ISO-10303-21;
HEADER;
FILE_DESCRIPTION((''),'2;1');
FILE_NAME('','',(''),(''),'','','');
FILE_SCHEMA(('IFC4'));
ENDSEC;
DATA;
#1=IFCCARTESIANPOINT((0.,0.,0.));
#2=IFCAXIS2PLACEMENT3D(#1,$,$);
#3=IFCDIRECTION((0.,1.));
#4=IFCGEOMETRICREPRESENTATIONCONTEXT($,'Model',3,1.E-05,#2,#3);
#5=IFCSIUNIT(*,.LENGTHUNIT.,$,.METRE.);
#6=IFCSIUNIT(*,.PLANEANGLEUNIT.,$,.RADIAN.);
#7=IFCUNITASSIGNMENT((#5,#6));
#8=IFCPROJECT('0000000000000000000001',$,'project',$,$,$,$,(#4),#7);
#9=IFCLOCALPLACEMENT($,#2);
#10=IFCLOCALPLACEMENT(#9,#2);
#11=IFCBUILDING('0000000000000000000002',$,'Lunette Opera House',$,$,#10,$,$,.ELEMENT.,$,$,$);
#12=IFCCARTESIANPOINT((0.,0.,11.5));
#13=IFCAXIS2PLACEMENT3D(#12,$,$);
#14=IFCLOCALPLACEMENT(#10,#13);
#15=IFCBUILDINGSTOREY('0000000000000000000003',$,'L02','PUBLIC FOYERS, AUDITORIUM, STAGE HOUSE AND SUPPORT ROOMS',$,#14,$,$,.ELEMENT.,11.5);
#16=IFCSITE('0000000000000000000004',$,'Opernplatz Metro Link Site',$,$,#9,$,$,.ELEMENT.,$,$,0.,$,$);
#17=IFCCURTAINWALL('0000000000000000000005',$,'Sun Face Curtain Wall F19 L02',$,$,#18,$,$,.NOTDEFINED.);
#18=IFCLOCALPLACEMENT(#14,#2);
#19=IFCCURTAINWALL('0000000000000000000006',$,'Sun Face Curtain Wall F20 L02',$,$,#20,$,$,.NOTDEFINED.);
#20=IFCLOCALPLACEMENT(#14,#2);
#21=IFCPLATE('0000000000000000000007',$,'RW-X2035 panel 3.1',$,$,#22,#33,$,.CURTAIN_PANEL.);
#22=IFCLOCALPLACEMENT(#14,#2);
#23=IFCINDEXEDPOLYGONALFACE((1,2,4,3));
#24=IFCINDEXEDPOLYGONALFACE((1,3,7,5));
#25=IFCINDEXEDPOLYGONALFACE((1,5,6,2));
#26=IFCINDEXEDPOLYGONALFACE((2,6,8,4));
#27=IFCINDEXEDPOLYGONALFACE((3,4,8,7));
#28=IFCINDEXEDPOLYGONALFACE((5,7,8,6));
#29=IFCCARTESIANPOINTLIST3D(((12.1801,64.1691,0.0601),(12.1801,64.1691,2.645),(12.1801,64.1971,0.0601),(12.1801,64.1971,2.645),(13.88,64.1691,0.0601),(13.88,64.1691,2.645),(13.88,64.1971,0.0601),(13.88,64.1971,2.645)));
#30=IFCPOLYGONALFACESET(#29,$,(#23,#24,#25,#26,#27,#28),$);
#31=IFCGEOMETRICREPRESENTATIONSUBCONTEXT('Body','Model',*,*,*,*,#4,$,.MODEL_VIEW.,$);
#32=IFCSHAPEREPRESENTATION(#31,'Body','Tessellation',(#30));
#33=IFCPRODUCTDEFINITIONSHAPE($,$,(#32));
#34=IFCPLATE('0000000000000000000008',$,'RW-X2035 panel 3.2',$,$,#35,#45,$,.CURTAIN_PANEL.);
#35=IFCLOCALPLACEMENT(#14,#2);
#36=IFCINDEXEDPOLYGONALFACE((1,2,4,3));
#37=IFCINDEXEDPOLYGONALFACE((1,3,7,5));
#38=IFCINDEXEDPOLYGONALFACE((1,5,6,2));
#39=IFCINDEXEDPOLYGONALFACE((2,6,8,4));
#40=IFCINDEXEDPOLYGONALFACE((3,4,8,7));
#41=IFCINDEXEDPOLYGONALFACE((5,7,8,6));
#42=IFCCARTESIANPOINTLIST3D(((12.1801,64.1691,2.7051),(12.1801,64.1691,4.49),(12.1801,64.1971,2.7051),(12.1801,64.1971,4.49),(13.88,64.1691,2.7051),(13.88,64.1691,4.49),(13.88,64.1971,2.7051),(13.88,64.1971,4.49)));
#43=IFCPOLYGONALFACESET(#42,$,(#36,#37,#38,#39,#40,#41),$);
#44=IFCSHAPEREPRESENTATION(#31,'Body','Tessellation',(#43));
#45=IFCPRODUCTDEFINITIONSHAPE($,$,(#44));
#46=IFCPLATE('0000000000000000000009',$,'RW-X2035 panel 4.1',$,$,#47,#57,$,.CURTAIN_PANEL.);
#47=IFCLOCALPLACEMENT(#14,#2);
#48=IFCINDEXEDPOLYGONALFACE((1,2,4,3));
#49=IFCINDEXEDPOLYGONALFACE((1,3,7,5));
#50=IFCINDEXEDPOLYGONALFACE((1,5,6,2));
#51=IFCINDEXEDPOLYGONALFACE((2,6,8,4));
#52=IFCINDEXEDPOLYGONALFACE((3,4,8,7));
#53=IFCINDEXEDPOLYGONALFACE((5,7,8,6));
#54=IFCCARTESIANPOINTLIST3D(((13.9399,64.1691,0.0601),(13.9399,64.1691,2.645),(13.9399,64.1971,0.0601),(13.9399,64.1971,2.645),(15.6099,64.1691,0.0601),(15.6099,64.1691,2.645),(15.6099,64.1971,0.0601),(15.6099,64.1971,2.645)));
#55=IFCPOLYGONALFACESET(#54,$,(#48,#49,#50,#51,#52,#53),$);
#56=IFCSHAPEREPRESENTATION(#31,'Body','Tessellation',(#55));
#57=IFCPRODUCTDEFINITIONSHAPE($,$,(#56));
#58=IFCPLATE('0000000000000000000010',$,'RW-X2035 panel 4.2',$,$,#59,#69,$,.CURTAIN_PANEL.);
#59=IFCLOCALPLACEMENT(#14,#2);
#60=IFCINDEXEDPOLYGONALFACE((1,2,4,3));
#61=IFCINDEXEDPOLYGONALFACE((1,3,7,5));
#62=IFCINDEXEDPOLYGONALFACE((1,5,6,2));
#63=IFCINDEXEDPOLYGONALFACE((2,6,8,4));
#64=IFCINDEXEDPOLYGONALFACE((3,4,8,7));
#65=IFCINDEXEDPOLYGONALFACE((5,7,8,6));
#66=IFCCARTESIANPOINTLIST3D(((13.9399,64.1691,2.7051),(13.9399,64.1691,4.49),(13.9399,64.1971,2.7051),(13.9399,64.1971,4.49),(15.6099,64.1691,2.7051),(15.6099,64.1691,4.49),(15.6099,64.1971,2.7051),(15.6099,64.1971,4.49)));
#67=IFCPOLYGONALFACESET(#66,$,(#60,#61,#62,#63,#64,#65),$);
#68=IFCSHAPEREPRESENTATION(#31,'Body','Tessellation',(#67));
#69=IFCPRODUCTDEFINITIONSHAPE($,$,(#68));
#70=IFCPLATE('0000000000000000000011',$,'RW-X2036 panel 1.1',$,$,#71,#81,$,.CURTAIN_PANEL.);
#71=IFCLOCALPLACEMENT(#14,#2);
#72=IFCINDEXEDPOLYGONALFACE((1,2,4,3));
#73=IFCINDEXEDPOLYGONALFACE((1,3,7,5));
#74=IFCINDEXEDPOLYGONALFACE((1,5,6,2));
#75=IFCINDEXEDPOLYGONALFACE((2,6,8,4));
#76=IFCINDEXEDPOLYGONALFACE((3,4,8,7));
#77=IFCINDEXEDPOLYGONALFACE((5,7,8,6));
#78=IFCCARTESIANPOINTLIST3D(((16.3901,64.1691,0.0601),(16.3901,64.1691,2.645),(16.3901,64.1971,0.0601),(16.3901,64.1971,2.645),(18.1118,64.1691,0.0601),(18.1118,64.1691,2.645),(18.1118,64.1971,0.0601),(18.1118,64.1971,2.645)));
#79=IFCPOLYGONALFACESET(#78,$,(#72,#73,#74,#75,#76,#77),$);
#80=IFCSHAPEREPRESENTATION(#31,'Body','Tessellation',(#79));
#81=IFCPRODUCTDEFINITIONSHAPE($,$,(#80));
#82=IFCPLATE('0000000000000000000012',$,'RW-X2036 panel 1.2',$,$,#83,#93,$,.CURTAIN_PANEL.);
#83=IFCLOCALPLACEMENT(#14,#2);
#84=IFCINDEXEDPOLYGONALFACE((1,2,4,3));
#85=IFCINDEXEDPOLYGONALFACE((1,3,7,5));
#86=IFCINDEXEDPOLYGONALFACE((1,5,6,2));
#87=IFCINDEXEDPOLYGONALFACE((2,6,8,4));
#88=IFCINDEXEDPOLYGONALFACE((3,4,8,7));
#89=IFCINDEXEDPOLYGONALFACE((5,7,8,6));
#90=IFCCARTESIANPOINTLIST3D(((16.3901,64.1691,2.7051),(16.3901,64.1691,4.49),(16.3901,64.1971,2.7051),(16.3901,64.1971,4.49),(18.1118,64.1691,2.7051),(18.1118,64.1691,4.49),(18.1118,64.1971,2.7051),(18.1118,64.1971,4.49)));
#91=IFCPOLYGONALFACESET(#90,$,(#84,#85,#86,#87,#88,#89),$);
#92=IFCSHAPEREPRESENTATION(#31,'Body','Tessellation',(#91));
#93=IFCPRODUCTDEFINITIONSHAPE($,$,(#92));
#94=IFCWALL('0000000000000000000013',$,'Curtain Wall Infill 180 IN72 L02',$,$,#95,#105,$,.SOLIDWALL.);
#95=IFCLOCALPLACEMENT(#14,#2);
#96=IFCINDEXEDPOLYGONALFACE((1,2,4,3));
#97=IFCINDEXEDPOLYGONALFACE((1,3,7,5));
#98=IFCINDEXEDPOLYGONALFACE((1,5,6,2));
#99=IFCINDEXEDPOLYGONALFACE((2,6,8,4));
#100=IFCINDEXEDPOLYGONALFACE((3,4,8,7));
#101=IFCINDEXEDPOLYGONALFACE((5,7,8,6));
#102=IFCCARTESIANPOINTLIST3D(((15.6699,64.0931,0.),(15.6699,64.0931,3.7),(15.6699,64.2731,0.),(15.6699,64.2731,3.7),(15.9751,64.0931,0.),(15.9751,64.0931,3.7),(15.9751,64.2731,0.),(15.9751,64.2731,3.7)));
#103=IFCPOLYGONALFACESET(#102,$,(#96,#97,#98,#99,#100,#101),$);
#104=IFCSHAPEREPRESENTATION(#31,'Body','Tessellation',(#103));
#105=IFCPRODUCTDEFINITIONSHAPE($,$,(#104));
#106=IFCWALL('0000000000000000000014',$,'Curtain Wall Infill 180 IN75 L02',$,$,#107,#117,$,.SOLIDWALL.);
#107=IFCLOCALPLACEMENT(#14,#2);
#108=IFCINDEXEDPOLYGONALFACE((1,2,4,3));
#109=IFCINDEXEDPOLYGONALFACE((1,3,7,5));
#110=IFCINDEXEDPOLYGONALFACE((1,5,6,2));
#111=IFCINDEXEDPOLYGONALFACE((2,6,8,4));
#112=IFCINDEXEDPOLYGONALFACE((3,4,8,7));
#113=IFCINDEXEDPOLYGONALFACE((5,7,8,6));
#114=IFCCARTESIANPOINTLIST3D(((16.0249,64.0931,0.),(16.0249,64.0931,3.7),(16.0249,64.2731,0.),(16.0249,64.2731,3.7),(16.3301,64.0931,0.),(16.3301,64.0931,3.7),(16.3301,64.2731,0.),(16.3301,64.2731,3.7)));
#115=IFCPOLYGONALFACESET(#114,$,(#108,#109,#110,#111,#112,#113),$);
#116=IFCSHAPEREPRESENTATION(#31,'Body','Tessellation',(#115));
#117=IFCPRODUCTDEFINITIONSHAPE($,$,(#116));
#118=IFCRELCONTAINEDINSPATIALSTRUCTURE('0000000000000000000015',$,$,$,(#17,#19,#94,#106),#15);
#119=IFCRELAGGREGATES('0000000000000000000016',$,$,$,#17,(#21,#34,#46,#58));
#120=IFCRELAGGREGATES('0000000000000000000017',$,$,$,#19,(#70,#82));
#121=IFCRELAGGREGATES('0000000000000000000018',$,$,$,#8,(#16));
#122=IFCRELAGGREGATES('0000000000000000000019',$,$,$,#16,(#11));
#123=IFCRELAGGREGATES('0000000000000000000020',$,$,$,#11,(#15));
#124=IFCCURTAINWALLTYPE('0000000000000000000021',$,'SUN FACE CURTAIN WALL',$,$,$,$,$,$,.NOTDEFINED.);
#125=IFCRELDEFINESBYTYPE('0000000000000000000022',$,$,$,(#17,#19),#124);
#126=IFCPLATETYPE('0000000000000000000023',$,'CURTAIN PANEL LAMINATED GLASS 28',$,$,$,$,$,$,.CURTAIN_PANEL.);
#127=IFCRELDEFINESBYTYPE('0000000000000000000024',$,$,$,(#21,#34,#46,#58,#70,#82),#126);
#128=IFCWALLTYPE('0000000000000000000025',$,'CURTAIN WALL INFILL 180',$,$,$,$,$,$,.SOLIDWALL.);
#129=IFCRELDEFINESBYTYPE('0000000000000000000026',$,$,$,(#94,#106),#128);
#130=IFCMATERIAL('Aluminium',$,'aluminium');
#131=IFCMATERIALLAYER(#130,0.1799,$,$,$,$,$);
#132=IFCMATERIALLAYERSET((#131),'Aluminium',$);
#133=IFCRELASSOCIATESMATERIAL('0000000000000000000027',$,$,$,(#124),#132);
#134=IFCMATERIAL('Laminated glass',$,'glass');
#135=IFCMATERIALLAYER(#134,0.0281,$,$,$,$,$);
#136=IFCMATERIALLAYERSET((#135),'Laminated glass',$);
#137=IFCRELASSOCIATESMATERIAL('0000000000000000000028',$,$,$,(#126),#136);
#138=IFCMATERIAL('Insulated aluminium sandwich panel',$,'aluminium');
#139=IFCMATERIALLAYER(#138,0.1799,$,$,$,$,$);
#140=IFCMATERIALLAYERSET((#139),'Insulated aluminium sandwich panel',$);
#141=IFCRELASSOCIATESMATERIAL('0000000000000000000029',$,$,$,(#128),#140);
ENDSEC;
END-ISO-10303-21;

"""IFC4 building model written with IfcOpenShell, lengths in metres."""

from ifc_helpers import new_model, si_unit, direction, frame, frame_2d, origin, origin_2d, place, context, subcontext, project, spatial, rectangle, extrude, material, layer, layer_set, type_object, element, aggregate, save


model = new_model("IFC4")

# Units and contexts
model_context = context("Model", 3, precision=1e-05, world=origin(), true_north=direction((0.0, 1.0)))
body_context = subcontext(model_context, "Body", "Model", "MODEL_VIEW")
ifc_project = project(units=[si_unit("LENGTHUNIT", "METRE"), si_unit("PLANEANGLEUNIT", "RADIAN")], contexts=[model_context])

# Site, building, storey
site_placement = place(None, origin())
site = spatial("IfcSite", under=ifc_project, at=site_placement, Name="Opernplatz Metro Link Site", CompositionType="ELEMENT", RefElevation=0.0)
building_placement = place(site_placement, origin())
building = spatial("IfcBuilding", under=site, at=building_placement, Name="Lunette Opera House", CompositionType="ELEMENT")
storey_placement = place(building_placement, frame((0.0, 0.0, 11.5)))
storey = spatial("IfcBuildingStorey", under=building, at=storey_placement, Name="L02", Description="PUBLIC FOYERS, AUDITORIUM, STAGE HOUSE AND SUPPORT ROOMS", CompositionType="ELEMENT", Elevation=11.5)

# Curtain wall
ifc_material_1 = material(Name="Aluminium", Category="aluminium")
ifc_layer_1 = layer(ifc_material_1, 0.1799)
ifc_layer_set_1 = layer_set([ifc_layer_1], Name="Aluminium")
curtain_wall_type = type_object("IfcCurtainWallType", Name="SUN FACE CURTAIN WALL", PredefinedType="NOTDEFINED", material=ifc_layer_set_1)
curtain_wall_1_placement = place(storey_placement, origin())
curtain_wall_1 = element("IfcCurtainWall", 1, at=curtain_wall_1_placement, inside=storey, type_object=curtain_wall_type, Name="Sun Face Curtain Wall F19 L02", PredefinedType="NOTDEFINED")

# Curtain wall
curtain_wall_2_placement = place(storey_placement, origin())
curtain_wall_2 = element("IfcCurtainWall", 2, at=curtain_wall_2_placement, inside=storey, type_object=curtain_wall_type, Name="Sun Face Curtain Wall F20 L02", PredefinedType="NOTDEFINED")

# Plates
ifc_material_2 = material(Name="Laminated glass", Category="glass")
ifc_layer_2 = layer(ifc_material_2, 0.0281)
ifc_layer_set_2 = layer_set([ifc_layer_2], Name="Laminated glass")
plate_type = type_object("IfcPlateType", Name="CURTAIN PANEL LAMINATED GLASS 28", PredefinedType="CURTAIN_PANEL", material=ifc_layer_set_2)
plate_1_placement = place(storey_placement, frame((13.03, 64.1831, 0.0601), z_axis=(0.0, 0.0, 1.0), x_axis=(1.0, 0.0, 0.0)))
plate_1 = element("IfcPlate", 3, at=plate_1_placement, type_object=plate_type, Name="RW-X2035 panel 3.1", PredefinedType="CURTAIN_PANEL", context=body_context, shape_type="SweptSolid", body=[
    extrude(rectangle(XDim=1.7, YDim=0.0281, at=origin_2d()), origin(), (0.0, 0.0, 1.0), 2.585),
])
plate_2_placement = place(storey_placement, frame((13.03, 64.1831, 2.7051), z_axis=(0.0, 0.0, 1.0), x_axis=(1.0, 0.0, 0.0)))
plate_2 = element("IfcPlate", 4, at=plate_2_placement, type_object=plate_type, Name="RW-X2035 panel 3.2", PredefinedType="CURTAIN_PANEL", context=body_context, shape_type="SweptSolid", body=[
    extrude(rectangle(XDim=1.7, YDim=0.0281, at=origin_2d()), origin(), (0.0, 0.0, 1.0), 1.7849),
])
plate_3_placement = place(storey_placement, frame((14.7749, 64.1831, 0.0601), z_axis=(0.0, 0.0, 1.0), x_axis=(1.0, 0.0, 0.0)))
plate_3 = element("IfcPlate", 5, at=plate_3_placement, type_object=plate_type, Name="RW-X2035 panel 4.1", PredefinedType="CURTAIN_PANEL", context=body_context, shape_type="SweptSolid", body=[
    extrude(rectangle(XDim=1.6699, YDim=0.0281, at=origin_2d()), origin(), (0.0, 0.0, 1.0), 2.585),
])
plate_4_placement = place(storey_placement, frame((14.7749, 64.1831, 2.7051), z_axis=(0.0, 0.0, 1.0), x_axis=(1.0, 0.0, 0.0)))
plate_4 = element("IfcPlate", 6, at=plate_4_placement, type_object=plate_type, Name="RW-X2035 panel 4.2", PredefinedType="CURTAIN_PANEL", context=body_context, shape_type="SweptSolid", body=[
    extrude(rectangle(XDim=1.6699, YDim=0.0281, at=origin_2d()), origin(), (0.0, 0.0, 1.0), 1.7849),
])
aggregate(curtain_wall_1, [plate_1, plate_2, plate_3, plate_4])
plate_5_placement = place(storey_placement, frame((17.251, 64.1831, 0.0601), z_axis=(0.0, 0.0, 1.0), x_axis=(1.0, 0.0, 0.0)))
plate_5 = element("IfcPlate", 7, at=plate_5_placement, type_object=plate_type, Name="RW-X2036 panel 1.1", PredefinedType="CURTAIN_PANEL", context=body_context, shape_type="SweptSolid", body=[
    extrude(rectangle(XDim=1.7217, YDim=0.0281, at=origin_2d()), origin(), (0.0, 0.0, 1.0), 2.585),
])
plate_6_placement = place(storey_placement, frame((17.251, 64.1831, 2.7051), z_axis=(0.0, 0.0, 1.0), x_axis=(1.0, 0.0, 0.0)))
plate_6 = element("IfcPlate", 8, at=plate_6_placement, type_object=plate_type, Name="RW-X2036 panel 1.2", PredefinedType="CURTAIN_PANEL", context=body_context, shape_type="SweptSolid", body=[
    extrude(rectangle(XDim=1.7217, YDim=0.0281, at=origin_2d()), origin(), (0.0, 0.0, 1.0), 1.7849),
])
aggregate(curtain_wall_2, [plate_5, plate_6])

# Walls
ifc_material_3 = material(Name="Insulated aluminium sandwich panel", Category="aluminium")
ifc_layer_3 = layer(ifc_material_3, 0.1799)
ifc_layer_set_3 = layer_set([ifc_layer_3], Name="Insulated aluminium sandwich panel")
wall_type = type_object("IfcWallType", Name="CURTAIN WALL INFILL 180", PredefinedType="SOLIDWALL", material=ifc_layer_set_3)
for number, where, z_axis, x_axis, name in (
    (9, (15.6699, 64.1831, 0.0), (0.0, 0.0, 1.0), (1.0, 0.0, 0.0), "Curtain Wall Infill 180 IN72 L02"),
    (10, (16.3301, 64.1831, 0.0), (0.0, 0.0, 1.0), (-1.0, 0.0, 0.0), "Curtain Wall Infill 180 IN75 L02"),
):
    element("IfcWall", number, at=place(storey_placement, frame(where, z_axis=z_axis, x_axis=x_axis)), inside=storey, type_object=wall_type, Name=name, PredefinedType="SOLIDWALL", context=body_context, shape_type="SweptSolid", body=[
        extrude(rectangle(XDim=0.3052, YDim=0.1799, at=frame_2d((0.1526, 0.0))), origin(), (0.0, 0.0, 1.0), 3.7),
    ])

save(model, "model.ifc")
